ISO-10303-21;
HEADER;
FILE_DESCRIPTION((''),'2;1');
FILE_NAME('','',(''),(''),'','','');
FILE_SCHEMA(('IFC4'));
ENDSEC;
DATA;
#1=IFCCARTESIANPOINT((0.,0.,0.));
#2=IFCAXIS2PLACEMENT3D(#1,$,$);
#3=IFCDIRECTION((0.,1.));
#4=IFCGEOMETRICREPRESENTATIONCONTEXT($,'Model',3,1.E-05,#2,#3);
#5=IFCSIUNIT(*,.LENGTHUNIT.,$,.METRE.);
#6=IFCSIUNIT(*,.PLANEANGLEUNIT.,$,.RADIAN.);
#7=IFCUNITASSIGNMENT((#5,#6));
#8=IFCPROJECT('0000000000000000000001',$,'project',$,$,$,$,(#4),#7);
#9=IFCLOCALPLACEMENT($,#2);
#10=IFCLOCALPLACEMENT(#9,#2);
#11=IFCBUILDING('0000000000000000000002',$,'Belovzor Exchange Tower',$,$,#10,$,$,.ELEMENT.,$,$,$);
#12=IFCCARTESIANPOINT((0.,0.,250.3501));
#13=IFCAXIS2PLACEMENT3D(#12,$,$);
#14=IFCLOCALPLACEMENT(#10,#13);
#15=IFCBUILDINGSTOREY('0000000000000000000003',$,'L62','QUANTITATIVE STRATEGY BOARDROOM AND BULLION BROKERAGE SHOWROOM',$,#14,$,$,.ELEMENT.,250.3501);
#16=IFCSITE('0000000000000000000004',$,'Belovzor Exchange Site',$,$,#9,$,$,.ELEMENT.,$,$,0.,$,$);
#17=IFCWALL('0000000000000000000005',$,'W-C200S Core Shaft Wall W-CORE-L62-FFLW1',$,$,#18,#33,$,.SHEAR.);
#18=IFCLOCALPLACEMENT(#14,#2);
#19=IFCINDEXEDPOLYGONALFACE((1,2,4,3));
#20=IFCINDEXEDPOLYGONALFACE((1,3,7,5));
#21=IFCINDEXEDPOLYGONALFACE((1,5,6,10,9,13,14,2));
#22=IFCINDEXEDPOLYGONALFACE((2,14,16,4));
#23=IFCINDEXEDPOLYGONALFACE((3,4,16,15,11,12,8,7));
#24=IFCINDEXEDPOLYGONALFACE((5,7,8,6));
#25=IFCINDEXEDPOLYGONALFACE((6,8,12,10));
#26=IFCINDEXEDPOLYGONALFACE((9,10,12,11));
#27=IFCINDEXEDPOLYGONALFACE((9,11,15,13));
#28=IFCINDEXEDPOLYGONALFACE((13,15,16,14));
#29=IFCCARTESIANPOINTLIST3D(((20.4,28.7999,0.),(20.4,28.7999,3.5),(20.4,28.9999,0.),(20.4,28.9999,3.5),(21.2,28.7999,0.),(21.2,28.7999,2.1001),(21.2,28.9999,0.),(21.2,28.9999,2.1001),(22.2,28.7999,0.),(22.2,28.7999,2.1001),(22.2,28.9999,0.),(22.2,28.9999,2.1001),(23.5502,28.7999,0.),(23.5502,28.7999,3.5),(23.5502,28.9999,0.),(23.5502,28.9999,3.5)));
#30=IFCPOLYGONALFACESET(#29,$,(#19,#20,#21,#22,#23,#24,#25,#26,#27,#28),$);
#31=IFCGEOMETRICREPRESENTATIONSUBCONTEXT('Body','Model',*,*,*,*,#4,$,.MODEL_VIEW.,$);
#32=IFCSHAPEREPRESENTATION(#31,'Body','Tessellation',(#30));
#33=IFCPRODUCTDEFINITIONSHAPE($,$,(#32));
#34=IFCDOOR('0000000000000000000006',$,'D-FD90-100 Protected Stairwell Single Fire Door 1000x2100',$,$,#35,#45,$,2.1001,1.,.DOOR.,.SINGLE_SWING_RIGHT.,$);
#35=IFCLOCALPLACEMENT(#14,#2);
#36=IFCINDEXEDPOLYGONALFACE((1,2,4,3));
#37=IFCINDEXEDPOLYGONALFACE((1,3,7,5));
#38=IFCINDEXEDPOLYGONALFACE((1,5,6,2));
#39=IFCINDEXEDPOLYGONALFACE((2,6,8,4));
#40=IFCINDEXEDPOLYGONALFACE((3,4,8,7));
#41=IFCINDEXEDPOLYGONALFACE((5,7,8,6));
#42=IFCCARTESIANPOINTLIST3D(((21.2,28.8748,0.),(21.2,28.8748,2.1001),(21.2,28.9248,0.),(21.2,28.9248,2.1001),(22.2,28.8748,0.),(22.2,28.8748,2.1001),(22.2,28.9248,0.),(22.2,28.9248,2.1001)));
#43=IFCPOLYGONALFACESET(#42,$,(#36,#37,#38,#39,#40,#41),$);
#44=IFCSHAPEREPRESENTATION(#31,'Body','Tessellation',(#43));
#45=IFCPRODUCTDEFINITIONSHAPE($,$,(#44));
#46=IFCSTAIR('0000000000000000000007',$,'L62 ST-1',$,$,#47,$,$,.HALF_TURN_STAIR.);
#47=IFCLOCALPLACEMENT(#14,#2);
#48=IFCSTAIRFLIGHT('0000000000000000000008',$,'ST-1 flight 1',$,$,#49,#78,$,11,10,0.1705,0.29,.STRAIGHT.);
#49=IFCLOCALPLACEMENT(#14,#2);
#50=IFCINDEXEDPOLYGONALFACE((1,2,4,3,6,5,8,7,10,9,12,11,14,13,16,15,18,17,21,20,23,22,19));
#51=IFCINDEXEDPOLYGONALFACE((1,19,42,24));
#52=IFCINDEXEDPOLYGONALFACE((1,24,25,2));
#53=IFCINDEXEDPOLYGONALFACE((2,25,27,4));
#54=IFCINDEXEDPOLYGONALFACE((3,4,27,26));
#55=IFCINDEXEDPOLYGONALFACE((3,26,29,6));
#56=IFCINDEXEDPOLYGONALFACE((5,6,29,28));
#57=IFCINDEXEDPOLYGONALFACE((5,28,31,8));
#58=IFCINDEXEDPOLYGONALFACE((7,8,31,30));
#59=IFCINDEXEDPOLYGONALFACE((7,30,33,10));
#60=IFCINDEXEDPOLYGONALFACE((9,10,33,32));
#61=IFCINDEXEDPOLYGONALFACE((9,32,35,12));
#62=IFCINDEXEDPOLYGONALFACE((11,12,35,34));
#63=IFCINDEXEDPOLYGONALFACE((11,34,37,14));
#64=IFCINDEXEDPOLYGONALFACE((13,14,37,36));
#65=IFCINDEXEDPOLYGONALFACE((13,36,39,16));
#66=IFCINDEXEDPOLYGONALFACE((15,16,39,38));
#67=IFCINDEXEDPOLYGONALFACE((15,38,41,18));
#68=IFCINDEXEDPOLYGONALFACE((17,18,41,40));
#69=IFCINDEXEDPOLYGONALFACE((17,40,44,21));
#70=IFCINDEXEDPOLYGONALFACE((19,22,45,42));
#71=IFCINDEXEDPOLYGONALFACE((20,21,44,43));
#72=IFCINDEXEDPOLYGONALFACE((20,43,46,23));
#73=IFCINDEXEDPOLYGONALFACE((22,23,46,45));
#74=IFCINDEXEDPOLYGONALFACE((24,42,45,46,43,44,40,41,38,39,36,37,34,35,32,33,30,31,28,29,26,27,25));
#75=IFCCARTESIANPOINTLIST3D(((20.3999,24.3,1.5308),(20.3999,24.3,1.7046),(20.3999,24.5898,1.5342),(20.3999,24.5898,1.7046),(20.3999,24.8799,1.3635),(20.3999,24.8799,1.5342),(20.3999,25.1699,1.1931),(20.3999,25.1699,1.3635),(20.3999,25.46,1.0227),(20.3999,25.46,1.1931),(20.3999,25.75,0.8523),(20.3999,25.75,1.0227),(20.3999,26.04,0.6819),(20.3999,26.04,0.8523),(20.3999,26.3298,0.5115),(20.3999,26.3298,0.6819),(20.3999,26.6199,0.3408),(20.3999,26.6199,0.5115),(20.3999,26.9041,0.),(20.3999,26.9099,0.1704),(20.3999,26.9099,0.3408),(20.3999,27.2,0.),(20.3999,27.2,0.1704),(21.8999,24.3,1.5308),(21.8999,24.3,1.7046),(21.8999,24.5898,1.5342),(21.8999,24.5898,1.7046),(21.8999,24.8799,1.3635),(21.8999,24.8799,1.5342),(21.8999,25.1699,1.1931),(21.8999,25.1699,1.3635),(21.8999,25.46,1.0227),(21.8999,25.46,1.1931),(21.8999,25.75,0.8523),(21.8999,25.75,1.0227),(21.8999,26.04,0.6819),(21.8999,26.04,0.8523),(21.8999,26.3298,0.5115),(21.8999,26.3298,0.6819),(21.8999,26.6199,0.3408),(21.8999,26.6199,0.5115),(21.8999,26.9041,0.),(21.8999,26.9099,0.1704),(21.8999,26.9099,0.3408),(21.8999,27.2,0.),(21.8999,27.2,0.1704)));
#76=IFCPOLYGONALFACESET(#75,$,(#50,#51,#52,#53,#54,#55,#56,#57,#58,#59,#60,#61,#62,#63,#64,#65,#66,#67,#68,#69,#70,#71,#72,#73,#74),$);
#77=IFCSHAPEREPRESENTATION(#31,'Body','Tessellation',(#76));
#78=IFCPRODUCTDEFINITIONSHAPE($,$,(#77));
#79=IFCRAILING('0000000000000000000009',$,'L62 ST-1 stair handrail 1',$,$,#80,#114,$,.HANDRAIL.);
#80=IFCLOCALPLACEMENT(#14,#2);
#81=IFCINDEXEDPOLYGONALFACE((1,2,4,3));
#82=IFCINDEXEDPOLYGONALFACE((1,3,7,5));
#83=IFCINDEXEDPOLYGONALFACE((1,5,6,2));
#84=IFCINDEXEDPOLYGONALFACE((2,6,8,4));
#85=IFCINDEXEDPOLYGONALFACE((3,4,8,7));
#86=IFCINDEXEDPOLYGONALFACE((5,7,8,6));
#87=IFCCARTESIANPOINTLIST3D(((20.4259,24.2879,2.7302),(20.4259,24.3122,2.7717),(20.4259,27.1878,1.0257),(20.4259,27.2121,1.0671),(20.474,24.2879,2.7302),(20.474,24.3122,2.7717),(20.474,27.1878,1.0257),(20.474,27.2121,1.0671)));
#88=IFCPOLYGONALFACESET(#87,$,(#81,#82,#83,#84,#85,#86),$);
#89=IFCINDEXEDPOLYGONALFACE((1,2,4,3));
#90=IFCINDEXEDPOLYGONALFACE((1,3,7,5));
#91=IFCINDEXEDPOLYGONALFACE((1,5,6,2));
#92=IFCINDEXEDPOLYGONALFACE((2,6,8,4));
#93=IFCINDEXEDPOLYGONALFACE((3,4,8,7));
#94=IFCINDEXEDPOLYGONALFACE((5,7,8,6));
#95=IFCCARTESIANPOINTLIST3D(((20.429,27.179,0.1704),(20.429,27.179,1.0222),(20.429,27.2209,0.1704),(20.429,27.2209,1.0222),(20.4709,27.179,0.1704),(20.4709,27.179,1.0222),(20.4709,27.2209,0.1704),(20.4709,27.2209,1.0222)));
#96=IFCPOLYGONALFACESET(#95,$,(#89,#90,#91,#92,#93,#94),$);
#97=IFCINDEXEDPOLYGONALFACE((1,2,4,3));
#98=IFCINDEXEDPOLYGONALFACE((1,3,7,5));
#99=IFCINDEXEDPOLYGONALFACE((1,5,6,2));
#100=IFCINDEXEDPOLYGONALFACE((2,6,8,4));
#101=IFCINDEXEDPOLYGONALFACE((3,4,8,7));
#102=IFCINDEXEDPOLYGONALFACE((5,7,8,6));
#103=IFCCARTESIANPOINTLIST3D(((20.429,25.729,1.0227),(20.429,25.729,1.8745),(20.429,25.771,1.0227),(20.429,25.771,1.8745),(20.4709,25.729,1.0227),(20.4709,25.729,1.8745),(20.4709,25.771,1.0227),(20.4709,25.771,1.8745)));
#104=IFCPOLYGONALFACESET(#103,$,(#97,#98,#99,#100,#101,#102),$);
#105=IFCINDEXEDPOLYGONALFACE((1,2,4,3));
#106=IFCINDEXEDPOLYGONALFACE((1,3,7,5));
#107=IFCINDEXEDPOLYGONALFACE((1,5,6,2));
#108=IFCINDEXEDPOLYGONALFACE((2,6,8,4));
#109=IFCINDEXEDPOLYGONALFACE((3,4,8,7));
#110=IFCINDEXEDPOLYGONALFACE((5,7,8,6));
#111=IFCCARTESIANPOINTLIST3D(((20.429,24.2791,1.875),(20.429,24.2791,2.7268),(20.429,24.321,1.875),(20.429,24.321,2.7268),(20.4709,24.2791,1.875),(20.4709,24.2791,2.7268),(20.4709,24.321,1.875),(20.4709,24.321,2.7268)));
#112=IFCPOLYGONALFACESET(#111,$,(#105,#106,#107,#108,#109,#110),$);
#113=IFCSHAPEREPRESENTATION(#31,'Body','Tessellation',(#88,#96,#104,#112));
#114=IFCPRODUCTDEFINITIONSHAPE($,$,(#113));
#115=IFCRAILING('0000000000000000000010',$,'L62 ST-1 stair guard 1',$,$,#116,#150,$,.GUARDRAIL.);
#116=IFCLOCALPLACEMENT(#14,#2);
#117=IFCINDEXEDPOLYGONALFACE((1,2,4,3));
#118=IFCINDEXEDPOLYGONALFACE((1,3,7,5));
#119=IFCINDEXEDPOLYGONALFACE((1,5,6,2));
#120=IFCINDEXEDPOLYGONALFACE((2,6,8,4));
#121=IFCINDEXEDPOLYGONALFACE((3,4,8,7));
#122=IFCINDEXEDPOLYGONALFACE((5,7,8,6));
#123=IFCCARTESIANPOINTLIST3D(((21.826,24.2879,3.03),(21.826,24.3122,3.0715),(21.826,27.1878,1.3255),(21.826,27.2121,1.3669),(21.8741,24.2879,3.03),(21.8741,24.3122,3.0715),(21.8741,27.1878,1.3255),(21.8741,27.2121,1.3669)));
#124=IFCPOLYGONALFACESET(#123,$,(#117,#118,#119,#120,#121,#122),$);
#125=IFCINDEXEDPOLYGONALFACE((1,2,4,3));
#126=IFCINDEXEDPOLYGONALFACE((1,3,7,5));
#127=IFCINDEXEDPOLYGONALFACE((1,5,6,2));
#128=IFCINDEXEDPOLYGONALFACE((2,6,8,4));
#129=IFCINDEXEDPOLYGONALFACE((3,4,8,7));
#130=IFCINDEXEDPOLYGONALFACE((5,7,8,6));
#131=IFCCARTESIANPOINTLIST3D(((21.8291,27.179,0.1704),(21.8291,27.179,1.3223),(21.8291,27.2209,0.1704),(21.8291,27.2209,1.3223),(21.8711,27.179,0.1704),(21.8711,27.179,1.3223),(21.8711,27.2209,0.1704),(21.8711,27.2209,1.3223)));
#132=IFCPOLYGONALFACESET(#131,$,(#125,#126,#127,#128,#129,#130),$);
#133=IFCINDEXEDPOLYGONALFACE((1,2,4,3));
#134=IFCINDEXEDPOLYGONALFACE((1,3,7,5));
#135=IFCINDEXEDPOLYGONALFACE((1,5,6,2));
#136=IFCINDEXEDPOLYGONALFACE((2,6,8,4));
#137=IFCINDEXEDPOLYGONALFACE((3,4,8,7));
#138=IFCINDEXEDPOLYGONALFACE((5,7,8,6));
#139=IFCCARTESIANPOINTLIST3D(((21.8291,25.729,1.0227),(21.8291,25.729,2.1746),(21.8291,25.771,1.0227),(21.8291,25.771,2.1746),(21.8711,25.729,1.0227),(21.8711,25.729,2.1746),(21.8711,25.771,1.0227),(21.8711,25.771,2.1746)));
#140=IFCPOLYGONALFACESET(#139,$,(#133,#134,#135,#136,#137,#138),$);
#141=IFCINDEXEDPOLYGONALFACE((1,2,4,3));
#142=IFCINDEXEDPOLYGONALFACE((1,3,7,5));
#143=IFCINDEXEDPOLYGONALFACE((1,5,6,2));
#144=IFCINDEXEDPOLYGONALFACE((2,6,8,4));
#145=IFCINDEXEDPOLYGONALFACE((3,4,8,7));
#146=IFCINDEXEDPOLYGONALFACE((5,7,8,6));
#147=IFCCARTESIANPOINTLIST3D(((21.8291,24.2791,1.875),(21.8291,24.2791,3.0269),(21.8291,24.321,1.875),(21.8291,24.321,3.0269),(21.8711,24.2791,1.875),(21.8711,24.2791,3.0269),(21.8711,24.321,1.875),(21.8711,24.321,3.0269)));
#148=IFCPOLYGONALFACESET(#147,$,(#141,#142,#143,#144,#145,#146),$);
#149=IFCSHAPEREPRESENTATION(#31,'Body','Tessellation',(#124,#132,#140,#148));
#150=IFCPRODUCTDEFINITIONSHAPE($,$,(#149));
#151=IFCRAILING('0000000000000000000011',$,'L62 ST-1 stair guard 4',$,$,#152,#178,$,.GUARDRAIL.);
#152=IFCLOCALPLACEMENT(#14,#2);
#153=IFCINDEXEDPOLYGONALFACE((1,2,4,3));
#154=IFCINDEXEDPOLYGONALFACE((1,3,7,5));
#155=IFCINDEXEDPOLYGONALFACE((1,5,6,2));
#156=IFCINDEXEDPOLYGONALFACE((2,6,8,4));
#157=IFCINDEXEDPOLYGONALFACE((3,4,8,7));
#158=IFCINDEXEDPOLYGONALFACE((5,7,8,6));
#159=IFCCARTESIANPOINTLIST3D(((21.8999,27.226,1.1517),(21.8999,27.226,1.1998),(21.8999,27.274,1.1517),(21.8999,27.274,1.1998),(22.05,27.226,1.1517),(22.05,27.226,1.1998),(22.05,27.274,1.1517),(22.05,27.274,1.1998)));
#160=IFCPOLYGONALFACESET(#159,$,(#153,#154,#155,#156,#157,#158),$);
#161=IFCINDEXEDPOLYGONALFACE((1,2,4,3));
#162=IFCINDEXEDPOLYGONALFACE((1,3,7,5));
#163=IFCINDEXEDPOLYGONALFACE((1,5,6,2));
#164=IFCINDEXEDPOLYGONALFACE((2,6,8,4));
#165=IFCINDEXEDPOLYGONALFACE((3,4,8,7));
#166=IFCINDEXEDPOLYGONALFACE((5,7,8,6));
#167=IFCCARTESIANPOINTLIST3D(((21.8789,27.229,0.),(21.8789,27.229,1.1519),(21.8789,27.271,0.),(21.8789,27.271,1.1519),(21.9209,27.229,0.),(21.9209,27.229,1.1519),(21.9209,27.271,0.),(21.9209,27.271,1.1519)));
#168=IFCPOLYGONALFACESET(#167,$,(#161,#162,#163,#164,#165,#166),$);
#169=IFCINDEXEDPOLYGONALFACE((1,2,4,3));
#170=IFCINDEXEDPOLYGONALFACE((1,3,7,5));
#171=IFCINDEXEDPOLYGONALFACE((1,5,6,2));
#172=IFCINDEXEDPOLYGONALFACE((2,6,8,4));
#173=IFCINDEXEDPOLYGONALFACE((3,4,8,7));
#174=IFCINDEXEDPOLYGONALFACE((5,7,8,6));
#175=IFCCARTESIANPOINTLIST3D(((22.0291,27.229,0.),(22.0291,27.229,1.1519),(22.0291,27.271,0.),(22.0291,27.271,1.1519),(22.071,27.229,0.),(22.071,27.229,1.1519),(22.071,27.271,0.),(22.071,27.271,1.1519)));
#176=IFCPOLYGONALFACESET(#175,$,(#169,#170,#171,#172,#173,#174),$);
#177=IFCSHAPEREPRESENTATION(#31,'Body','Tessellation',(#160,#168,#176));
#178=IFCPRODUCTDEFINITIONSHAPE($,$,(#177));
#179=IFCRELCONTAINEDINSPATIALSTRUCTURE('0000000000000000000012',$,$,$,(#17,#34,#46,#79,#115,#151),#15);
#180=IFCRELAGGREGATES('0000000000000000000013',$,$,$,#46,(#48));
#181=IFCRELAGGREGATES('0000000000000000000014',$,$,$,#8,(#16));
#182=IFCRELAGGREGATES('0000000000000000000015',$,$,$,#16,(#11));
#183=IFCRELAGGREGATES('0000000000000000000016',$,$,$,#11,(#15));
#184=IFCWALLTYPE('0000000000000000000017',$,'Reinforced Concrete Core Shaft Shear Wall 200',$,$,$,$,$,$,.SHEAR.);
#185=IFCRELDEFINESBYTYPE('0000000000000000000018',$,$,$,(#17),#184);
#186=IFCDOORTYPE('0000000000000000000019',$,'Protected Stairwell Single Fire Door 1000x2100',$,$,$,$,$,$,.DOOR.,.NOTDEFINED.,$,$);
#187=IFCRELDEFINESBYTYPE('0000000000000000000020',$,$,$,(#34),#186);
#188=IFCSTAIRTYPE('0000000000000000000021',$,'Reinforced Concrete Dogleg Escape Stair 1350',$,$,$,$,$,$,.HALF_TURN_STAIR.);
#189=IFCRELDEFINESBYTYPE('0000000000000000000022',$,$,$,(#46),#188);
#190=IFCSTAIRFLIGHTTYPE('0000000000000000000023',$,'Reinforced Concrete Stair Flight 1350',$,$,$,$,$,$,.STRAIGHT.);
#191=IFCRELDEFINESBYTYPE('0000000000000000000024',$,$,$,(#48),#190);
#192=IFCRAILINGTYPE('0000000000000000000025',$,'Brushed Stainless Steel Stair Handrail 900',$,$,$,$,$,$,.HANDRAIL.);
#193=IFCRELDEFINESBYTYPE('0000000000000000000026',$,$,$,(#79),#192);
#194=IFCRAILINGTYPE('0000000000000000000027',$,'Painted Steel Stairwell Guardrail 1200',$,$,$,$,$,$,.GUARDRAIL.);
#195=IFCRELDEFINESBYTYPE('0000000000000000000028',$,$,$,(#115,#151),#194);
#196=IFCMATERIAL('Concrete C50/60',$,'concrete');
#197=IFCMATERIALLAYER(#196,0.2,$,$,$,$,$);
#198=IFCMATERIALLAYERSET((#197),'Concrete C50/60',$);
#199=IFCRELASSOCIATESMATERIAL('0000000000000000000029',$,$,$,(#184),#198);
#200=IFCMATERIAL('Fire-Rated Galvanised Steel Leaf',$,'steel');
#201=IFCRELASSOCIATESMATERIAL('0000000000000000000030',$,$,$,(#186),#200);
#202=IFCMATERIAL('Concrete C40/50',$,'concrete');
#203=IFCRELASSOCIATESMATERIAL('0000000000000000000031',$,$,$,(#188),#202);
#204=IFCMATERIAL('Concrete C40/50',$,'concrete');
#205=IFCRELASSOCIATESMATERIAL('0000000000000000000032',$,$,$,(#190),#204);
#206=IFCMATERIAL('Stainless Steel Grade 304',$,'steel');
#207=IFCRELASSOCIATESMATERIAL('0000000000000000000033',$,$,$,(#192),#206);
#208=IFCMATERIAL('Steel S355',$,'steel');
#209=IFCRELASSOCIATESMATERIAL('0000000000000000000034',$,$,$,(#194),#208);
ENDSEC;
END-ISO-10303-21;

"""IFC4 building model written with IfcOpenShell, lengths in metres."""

from ifc_helpers import new_model, si_unit, direction, frame, frame_2d, origin, origin_2d, place, context, subcontext, project, spatial, polyline, rectangle, outline, extrude, material, layer, layer_set, type_object, element, fill, aggregate, save


model = new_model("IFC4")

# Units and contexts
model_context = context("Model", 3, precision=1e-05, world=origin(), true_north=direction((0.0, 1.0)))
body_context = subcontext(model_context, "Body", "Model", "MODEL_VIEW")
ifc_project = project(units=[si_unit("LENGTHUNIT", "METRE"), si_unit("PLANEANGLEUNIT", "RADIAN")], contexts=[model_context])

# Site, building, storey
site_placement = place(None, origin())
site = spatial("IfcSite", under=ifc_project, at=site_placement, Name="Belovzor Exchange Site", CompositionType="ELEMENT", RefElevation=0.0)
building_placement = place(site_placement, origin())
building = spatial("IfcBuilding", under=site, at=building_placement, Name="Belovzor Exchange Tower", CompositionType="ELEMENT")
storey_placement = place(building_placement, frame((0.0, 0.0, 250.3501)))
storey = spatial("IfcBuildingStorey", under=building, at=storey_placement, Name="L62", Description="QUANTITATIVE STRATEGY BOARDROOM AND BULLION BROKERAGE SHOWROOM", CompositionType="ELEMENT", Elevation=250.3501)

# Wall, opening, door
ifc_material_1 = material(Name="Concrete C50/60", Category="concrete")
ifc_layer_1 = layer(ifc_material_1, 0.2)
ifc_layer_set_1 = layer_set([ifc_layer_1], Name="Concrete C50/60")
wall_type_1 = type_object("IfcWallType", Name="Reinforced Concrete Core Shaft Shear Wall 200", PredefinedType="SHEAR", material=ifc_layer_set_1)
wall_1_placement = place(storey_placement, frame((20.3999, 28.8999, 0.0), z_axis=(0.0, 0.0, 1.0), x_axis=(1.0, 0.0, 0.0)))
wall_1 = element("IfcWall", 1, at=wall_1_placement, inside=storey, type_object=wall_type_1, Name="W-C200S Core Shaft Wall W-CORE-L62-FFLW1", PredefinedType="SHEAR", context=body_context, shape_type="SweptSolid", body=[
    extrude(rectangle(XDim=3.1501, YDim=0.2, at=frame_2d((1.5752, 0.0))), origin(), (0.0, 0.0, 1.0), 3.5),
])
opening_1_placement = place(wall_1_placement, frame((0.8, 0.0, 0.0)))
opening_1 = element("IfcOpeningElement", 2, at=opening_1_placement, cuts=wall_1, PredefinedType="OPENING", context=body_context, shape_type="SweptSolid", body=[
    extrude(rectangle(XDim=1.0, YDim=2.1001, at=frame_2d((0.5, 1.05))), frame((0.0, 0.1099, 0.0), z_axis=(0.0, -1.0, 0.0), x_axis=(1.0, 0.0, 0.0)), (0.0, 0.0, 1.0), 0.22),
])
ifc_material_2 = material(Name="Fire-Rated Galvanised Steel Leaf", Category="steel")
door_type_1 = type_object("IfcDoorType", Name="Protected Stairwell Single Fire Door 1000x2100", OperationType="NOTDEFINED", PredefinedType="DOOR", material=ifc_material_2)
door_1_placement = place(opening_1_placement, origin())
door_1 = element("IfcDoor", 3, at=door_1_placement, inside=storey, type_object=door_type_1, Name="D-FD90-100 Protected Stairwell Single Fire Door 1000x2100", OperationType="SINGLE_SWING_RIGHT", OverallHeight=2.1001, OverallWidth=1.0, PredefinedType="DOOR", context=body_context, shape_type="SweptSolid", body=[
    extrude(rectangle(XDim=1.0, YDim=2.1001, at=frame_2d((0.5, 1.05))), frame((0.0, 0.0249, 0.0), z_axis=(0.0, -1.0, 0.0), x_axis=(1.0, 0.0, 0.0)), (0.0, 0.0, 1.0), 0.05),
])
fill(opening_1, door_1)

# Stair, stair flight
ifc_material_3 = material(Name="Concrete C40/50", Category="concrete")
stair_type = type_object("IfcStairType", Name="Reinforced Concrete Dogleg Escape Stair 1350", PredefinedType="HALF_TURN_STAIR", material=ifc_material_3)
stair_placement = place(storey_placement, origin())
stair = element("IfcStair", 4, at=stair_placement, inside=storey, type_object=stair_type, Name="L62 ST-1", PredefinedType="HALF_TURN_STAIR")
ifc_material_4 = material(Name="Concrete C40/50", Category="concrete")
stair_flight_type = type_object("IfcStairFlightType", Name="Reinforced Concrete Stair Flight 1350", PredefinedType="STRAIGHT", material=ifc_material_4)
stair_flight_placement = place(storey_placement, frame((21.1499, 27.2, 0.0), z_axis=(0.0, 0.0, 1.0), x_axis=(0.0, -1.0, 0.0)))
stair_flight = element("IfcStairFlight", 5, at=stair_flight_placement, type_object=stair_flight_type, Name="ST-1 flight 1", NumberOfRisers=11, NumberOfTreads=10, PredefinedType="STRAIGHT", RiserHeight=0.1705, TreadLength=0.29, context=body_context, shape_type="SweptSolid", body=[
    extrude(outline(polyline([(0.0, 0.0), (0.0, 0.1704), (0.29, 0.1704), (0.29, 0.3408), (0.5801, 0.3408), (0.5801, 0.5115), (0.8701, 0.5115), (0.8701, 0.6819), (1.1599, 0.6819), (1.1599, 0.8523), (1.45, 0.8523), (1.45, 1.0227), (1.74, 1.0227), (1.74, 1.1931), (2.03, 1.1931), (2.03, 1.3635), (2.3201, 1.3635), (2.3201, 1.5342), (2.6101, 1.5342), (2.6101, 1.7046), (2.8999, 1.7046), (2.8999, 1.875), (2.8999, 1.5308), (0.2959, 0.0), (0.0, 0.0)])), frame((0.0, 0.75, 0.0), z_axis=(0.0, -1.0, 0.0), x_axis=(1.0, 0.0, 0.0)), (0.0, 0.0, 1.0), 1.5),
])
aggregate(stair, [stair_flight])

# Railings
ifc_material_5 = material(Name="Stainless Steel Grade 304", Category="steel")
railing_type_1 = type_object("IfcRailingType", Name="Brushed Stainless Steel Stair Handrail 900", PredefinedType="HANDRAIL", material=ifc_material_5)
railing_1_placement = place(storey_placement, frame((20.45, 27.2, 0.1704)))
element("IfcRailing", 6, at=railing_1_placement, inside=storey, type_object=railing_type_1, Name="L62 ST-1 stair handrail 1", PredefinedType="HANDRAIL", context=body_context, shape_type="SweptSolid", body=[
    extrude(rectangle(XDim=0.0481, YDim=0.0481, at=origin_2d()), frame((0.0, 0.0, 0.876), z_axis=(0.0, -0.862095, 0.506747), x_axis=(1.0, 0.0, 0.0)), (0.0, 0.0, 1.0), 3.3638),
    extrude(rectangle(XDim=0.042, YDim=0.042, at=origin_2d()), origin(), (0.0, 0.0, 1.0), 0.8518),
    extrude(rectangle(XDim=0.042, YDim=0.042, at=origin_2d()), frame((0.0, -1.45, 0.8523)), (0.0, 0.0, 1.0), 0.8518),
    extrude(rectangle(XDim=0.042, YDim=0.042, at=origin_2d()), frame((0.0, -2.8999, 1.7046)), (0.0, 0.0, 1.0), 0.8518),
])
ifc_material_6 = material(Name="Steel S355", Category="steel")
railing_type_2 = type_object("IfcRailingType", Name="Painted Steel Stairwell Guardrail 1200", PredefinedType="GUARDRAIL", material=ifc_material_6)
railing_2_placement = place(storey_placement, frame((21.8501, 27.2, 0.1704)))
element("IfcRailing", 7, at=railing_2_placement, inside=storey, type_object=railing_type_2, Name="L62 ST-1 stair guard 1", PredefinedType="GUARDRAIL", context=body_context, shape_type="SweptSolid", body=[
    extrude(rectangle(XDim=0.0481, YDim=0.0481, at=origin_2d()), frame((0.0, 0.0, 1.1758), z_axis=(0.0, -0.862095, 0.506747), x_axis=(1.0, 0.0, 0.0)), (0.0, 0.0, 1.0), 3.3638),
    extrude(rectangle(XDim=0.042, YDim=0.042, at=origin_2d()), origin(), (0.0, 0.0, 1.0), 1.1519),
    extrude(rectangle(XDim=0.042, YDim=0.042, at=origin_2d()), frame((0.0, -1.45, 0.8523)), (0.0, 0.0, 1.0), 1.1519),
    extrude(rectangle(XDim=0.042, YDim=0.042, at=origin_2d()), frame((0.0, -2.8999, 1.7046)), (0.0, 0.0, 1.0), 1.1519),
])
railing_3_placement = place(storey_placement, frame((21.8999, 27.25, 0.0)))
element("IfcRailing", 8, at=railing_3_placement, inside=storey, type_object=railing_type_2, Name="L62 ST-1 stair guard 4", PredefinedType="GUARDRAIL", context=body_context, shape_type="SweptSolid", body=[
    extrude(rectangle(XDim=0.0481, YDim=0.0481, at=origin_2d()), frame((0.0, 0.0, 1.1758), z_axis=(1.0, 0.0, 0.0), x_axis=(0.0, 1.0, 0.0)), (0.0, 0.0, 1.0), 0.1501),
    extrude(rectangle(XDim=0.042, YDim=0.042, at=origin_2d()), origin(), (0.0, 0.0, 1.0), 1.1519),
    extrude(rectangle(XDim=0.042, YDim=0.042, at=origin_2d()), frame((0.1501, 0.0, 0.0)), (0.0, 0.0, 1.0), 1.1519),
])

save(model, "model.ifc")
